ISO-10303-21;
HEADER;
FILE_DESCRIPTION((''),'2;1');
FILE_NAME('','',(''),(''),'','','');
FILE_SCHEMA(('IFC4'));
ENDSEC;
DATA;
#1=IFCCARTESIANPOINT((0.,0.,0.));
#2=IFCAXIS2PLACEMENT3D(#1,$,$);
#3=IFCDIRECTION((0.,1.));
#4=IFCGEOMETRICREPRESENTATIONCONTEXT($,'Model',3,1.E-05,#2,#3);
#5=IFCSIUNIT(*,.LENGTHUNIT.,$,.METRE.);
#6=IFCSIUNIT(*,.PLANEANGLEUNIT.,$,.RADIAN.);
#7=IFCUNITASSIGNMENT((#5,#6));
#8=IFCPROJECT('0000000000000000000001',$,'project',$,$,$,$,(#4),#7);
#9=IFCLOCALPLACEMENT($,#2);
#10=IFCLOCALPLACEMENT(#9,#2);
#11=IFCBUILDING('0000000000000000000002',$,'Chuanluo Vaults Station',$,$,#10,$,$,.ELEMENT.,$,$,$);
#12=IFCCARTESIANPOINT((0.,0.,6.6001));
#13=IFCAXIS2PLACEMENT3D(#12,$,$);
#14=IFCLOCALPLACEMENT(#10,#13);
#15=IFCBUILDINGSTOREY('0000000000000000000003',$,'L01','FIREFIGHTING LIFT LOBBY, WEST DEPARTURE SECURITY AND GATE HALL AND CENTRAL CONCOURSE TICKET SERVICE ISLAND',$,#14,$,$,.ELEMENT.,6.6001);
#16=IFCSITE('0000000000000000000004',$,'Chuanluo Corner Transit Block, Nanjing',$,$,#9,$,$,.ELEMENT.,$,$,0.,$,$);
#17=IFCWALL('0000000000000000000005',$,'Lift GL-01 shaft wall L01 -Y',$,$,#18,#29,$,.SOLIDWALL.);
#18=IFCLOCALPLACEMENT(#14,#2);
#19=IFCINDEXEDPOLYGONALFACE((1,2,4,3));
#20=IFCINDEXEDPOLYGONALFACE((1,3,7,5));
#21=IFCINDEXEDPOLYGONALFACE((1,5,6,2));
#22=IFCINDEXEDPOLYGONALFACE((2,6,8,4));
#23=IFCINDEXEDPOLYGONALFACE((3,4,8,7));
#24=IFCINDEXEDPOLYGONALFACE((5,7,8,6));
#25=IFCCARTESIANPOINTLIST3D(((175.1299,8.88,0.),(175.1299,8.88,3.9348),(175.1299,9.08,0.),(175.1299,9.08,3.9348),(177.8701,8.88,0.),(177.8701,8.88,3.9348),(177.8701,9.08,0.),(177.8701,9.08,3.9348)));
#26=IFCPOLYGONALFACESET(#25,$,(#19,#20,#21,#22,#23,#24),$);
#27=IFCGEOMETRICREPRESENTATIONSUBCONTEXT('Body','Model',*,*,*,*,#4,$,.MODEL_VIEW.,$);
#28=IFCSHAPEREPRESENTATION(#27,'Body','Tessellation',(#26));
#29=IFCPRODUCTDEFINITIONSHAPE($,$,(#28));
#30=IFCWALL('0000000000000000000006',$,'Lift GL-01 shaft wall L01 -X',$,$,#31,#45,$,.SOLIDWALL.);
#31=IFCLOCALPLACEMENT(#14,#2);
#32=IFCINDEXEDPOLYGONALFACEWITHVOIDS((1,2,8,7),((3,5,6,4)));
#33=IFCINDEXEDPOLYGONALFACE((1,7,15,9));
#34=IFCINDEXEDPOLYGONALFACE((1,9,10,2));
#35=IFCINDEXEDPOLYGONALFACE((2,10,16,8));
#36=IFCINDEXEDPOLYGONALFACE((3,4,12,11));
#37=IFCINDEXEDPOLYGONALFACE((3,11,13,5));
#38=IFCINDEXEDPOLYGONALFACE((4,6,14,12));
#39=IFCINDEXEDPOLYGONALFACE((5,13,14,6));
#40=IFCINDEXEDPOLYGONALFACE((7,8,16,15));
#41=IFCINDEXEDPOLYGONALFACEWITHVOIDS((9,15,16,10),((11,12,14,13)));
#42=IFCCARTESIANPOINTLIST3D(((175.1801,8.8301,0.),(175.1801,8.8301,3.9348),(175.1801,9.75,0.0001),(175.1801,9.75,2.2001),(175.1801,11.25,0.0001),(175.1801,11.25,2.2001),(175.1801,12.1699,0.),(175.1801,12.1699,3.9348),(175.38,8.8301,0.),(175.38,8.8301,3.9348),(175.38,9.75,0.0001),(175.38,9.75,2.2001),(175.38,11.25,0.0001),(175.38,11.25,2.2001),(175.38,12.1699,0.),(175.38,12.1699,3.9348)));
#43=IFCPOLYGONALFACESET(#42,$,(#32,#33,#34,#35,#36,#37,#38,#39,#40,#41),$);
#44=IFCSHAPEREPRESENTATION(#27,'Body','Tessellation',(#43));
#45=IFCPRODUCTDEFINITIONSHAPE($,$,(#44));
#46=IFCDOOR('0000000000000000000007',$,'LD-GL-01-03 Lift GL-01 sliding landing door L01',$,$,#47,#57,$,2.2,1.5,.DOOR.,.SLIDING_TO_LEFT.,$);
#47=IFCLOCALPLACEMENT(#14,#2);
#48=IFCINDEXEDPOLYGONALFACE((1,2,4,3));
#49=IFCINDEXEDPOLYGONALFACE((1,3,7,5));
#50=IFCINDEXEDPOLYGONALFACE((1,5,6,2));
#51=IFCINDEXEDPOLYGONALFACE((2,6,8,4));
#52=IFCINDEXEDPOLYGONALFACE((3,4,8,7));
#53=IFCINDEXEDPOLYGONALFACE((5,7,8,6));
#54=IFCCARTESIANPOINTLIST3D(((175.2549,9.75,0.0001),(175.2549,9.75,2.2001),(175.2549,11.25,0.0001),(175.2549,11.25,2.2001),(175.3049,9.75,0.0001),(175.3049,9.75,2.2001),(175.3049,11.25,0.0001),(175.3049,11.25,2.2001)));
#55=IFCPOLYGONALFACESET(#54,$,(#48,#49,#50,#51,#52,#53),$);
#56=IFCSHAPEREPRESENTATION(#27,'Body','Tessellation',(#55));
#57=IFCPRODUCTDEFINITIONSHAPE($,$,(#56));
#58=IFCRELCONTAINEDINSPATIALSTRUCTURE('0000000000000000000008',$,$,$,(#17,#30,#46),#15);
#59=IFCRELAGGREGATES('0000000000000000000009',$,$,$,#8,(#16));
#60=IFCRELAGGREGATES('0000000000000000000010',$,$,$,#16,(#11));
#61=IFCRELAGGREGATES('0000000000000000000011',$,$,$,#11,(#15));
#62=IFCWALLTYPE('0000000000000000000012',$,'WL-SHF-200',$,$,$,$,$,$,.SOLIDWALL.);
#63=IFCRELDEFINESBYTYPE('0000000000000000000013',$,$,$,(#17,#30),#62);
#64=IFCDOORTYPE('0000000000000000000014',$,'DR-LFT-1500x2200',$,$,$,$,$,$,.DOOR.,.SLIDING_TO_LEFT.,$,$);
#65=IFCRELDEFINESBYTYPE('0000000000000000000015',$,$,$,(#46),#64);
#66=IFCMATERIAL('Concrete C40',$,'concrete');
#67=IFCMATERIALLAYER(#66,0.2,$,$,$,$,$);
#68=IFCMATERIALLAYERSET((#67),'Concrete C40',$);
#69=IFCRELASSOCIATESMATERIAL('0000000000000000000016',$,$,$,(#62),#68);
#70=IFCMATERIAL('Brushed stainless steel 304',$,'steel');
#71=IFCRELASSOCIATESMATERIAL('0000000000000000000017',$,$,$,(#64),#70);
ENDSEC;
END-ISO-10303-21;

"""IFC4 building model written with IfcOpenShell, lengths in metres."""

from ifc_helpers import new_model, si_unit, direction, frame, frame_2d, origin, place, context, subcontext, project, spatial, rectangle, extrude, material, layer, layer_set, type_object, element, fill, save


model = new_model("IFC4")

# Units and contexts
model_context = context("Model", 3, precision=1e-05, world=origin(), true_north=direction((0.0, 1.0)))
body_context = subcontext(model_context, "Body", "Model", "MODEL_VIEW")
ifc_project = project(units=[si_unit("LENGTHUNIT", "METRE"), si_unit("PLANEANGLEUNIT", "RADIAN")], contexts=[model_context])

# Site, building, storey
site_placement = place(None, origin())
site = spatial("IfcSite", under=ifc_project, at=site_placement, Name="Chuanluo Corner Transit Block, Nanjing", CompositionType="ELEMENT", RefElevation=0.0)
building_placement = place(site_placement, origin())
building = spatial("IfcBuilding", under=site, at=building_placement, Name="Chuanluo Vaults Station", CompositionType="ELEMENT")
storey_placement = place(building_placement, frame((0.0, 0.0, 6.6001)))
storey = spatial("IfcBuildingStorey", under=building, at=storey_placement, Name="L01", Description="FIREFIGHTING LIFT LOBBY, WEST DEPARTURE SECURITY AND GATE HALL AND CENTRAL CONCOURSE TICKET SERVICE ISLAND", CompositionType="ELEMENT", Elevation=6.6001)

# Wall
ifc_material_1 = material(Name="Concrete C40", Category="concrete")
ifc_layer_1 = layer(ifc_material_1, 0.2)
ifc_layer_set_1 = layer_set([ifc_layer_1], Name="Concrete C40")
wall_type_1 = type_object("IfcWallType", Name="WL-SHF-200", PredefinedType="SOLIDWALL", material=ifc_layer_set_1)
wall_1_placement = place(storey_placement, frame((175.1299, 8.98, 0.0), z_axis=(0.0, 0.0, 1.0), x_axis=(1.0, 0.0, 0.0)))
element("IfcWall", 1, at=wall_1_placement, inside=storey, type_object=wall_type_1, Name="Lift GL-01 shaft wall L01 -Y", PredefinedType="SOLIDWALL", context=body_context, shape_type="SweptSolid", body=[
    extrude(rectangle(XDim=2.7402, YDim=0.2, at=frame_2d((1.3701, 0.0))), origin(), (0.0, 0.0, 1.0), 3.9348),
])

# Wall, opening, door
wall_2_placement = place(storey_placement, frame((175.28, 12.1699, 0.0), z_axis=(0.0, 0.0, 1.0), x_axis=(0.0, -1.0, 0.0)))
wall_2 = element("IfcWall", 2, at=wall_2_placement, inside=storey, type_object=wall_type_1, Name="Lift GL-01 shaft wall L01 -X", PredefinedType="SOLIDWALL", context=body_context, shape_type="SweptSolid", body=[
    extrude(rectangle(XDim=3.3398, YDim=0.2, at=frame_2d((1.6699, 0.0))), origin(), (0.0, 0.0, 1.0), 3.9348),
])
opening_1_placement = place(wall_2_placement, frame((0.9199, 0.0, 0.0)))
opening_1 = element("IfcOpeningElement", 3, at=opening_1_placement, cuts=wall_2, PredefinedType="OPENING", context=body_context, shape_type="SweptSolid", body=[
    extrude(rectangle(XDim=1.5, YDim=2.2, at=frame_2d((0.75, 1.1001))), frame((0.0, 0.1101, 0.0), z_axis=(0.0, -1.0, 0.0), x_axis=(1.0, 0.0, 0.0)), (0.0, 0.0, 1.0), 0.22),
])
ifc_material_2 = material(Name="Brushed stainless steel 304", Category="steel")
door_type_1 = type_object("IfcDoorType", Name="DR-LFT-1500x2200", OperationType="SLIDING_TO_LEFT", PredefinedType="DOOR", material=ifc_material_2)
door_1_placement = place(opening_1_placement, origin())
door_1 = element("IfcDoor", 4, at=door_1_placement, inside=storey, type_object=door_type_1, Name="LD-GL-01-03 Lift GL-01 sliding landing door L01", OperationType="SLIDING_TO_LEFT", OverallHeight=2.2, OverallWidth=1.5, PredefinedType="DOOR", context=body_context, shape_type="SweptSolid", body=[
    extrude(rectangle(XDim=1.5, YDim=2.2, at=frame_2d((0.75, 1.1001))), frame((0.0, 0.0249, 0.0), z_axis=(0.0, -1.0, 0.0), x_axis=(1.0, 0.0, 0.0)), (0.0, 0.0, 1.0), 0.05),
])
fill(opening_1, door_1)

save(model, "model.ifc")
